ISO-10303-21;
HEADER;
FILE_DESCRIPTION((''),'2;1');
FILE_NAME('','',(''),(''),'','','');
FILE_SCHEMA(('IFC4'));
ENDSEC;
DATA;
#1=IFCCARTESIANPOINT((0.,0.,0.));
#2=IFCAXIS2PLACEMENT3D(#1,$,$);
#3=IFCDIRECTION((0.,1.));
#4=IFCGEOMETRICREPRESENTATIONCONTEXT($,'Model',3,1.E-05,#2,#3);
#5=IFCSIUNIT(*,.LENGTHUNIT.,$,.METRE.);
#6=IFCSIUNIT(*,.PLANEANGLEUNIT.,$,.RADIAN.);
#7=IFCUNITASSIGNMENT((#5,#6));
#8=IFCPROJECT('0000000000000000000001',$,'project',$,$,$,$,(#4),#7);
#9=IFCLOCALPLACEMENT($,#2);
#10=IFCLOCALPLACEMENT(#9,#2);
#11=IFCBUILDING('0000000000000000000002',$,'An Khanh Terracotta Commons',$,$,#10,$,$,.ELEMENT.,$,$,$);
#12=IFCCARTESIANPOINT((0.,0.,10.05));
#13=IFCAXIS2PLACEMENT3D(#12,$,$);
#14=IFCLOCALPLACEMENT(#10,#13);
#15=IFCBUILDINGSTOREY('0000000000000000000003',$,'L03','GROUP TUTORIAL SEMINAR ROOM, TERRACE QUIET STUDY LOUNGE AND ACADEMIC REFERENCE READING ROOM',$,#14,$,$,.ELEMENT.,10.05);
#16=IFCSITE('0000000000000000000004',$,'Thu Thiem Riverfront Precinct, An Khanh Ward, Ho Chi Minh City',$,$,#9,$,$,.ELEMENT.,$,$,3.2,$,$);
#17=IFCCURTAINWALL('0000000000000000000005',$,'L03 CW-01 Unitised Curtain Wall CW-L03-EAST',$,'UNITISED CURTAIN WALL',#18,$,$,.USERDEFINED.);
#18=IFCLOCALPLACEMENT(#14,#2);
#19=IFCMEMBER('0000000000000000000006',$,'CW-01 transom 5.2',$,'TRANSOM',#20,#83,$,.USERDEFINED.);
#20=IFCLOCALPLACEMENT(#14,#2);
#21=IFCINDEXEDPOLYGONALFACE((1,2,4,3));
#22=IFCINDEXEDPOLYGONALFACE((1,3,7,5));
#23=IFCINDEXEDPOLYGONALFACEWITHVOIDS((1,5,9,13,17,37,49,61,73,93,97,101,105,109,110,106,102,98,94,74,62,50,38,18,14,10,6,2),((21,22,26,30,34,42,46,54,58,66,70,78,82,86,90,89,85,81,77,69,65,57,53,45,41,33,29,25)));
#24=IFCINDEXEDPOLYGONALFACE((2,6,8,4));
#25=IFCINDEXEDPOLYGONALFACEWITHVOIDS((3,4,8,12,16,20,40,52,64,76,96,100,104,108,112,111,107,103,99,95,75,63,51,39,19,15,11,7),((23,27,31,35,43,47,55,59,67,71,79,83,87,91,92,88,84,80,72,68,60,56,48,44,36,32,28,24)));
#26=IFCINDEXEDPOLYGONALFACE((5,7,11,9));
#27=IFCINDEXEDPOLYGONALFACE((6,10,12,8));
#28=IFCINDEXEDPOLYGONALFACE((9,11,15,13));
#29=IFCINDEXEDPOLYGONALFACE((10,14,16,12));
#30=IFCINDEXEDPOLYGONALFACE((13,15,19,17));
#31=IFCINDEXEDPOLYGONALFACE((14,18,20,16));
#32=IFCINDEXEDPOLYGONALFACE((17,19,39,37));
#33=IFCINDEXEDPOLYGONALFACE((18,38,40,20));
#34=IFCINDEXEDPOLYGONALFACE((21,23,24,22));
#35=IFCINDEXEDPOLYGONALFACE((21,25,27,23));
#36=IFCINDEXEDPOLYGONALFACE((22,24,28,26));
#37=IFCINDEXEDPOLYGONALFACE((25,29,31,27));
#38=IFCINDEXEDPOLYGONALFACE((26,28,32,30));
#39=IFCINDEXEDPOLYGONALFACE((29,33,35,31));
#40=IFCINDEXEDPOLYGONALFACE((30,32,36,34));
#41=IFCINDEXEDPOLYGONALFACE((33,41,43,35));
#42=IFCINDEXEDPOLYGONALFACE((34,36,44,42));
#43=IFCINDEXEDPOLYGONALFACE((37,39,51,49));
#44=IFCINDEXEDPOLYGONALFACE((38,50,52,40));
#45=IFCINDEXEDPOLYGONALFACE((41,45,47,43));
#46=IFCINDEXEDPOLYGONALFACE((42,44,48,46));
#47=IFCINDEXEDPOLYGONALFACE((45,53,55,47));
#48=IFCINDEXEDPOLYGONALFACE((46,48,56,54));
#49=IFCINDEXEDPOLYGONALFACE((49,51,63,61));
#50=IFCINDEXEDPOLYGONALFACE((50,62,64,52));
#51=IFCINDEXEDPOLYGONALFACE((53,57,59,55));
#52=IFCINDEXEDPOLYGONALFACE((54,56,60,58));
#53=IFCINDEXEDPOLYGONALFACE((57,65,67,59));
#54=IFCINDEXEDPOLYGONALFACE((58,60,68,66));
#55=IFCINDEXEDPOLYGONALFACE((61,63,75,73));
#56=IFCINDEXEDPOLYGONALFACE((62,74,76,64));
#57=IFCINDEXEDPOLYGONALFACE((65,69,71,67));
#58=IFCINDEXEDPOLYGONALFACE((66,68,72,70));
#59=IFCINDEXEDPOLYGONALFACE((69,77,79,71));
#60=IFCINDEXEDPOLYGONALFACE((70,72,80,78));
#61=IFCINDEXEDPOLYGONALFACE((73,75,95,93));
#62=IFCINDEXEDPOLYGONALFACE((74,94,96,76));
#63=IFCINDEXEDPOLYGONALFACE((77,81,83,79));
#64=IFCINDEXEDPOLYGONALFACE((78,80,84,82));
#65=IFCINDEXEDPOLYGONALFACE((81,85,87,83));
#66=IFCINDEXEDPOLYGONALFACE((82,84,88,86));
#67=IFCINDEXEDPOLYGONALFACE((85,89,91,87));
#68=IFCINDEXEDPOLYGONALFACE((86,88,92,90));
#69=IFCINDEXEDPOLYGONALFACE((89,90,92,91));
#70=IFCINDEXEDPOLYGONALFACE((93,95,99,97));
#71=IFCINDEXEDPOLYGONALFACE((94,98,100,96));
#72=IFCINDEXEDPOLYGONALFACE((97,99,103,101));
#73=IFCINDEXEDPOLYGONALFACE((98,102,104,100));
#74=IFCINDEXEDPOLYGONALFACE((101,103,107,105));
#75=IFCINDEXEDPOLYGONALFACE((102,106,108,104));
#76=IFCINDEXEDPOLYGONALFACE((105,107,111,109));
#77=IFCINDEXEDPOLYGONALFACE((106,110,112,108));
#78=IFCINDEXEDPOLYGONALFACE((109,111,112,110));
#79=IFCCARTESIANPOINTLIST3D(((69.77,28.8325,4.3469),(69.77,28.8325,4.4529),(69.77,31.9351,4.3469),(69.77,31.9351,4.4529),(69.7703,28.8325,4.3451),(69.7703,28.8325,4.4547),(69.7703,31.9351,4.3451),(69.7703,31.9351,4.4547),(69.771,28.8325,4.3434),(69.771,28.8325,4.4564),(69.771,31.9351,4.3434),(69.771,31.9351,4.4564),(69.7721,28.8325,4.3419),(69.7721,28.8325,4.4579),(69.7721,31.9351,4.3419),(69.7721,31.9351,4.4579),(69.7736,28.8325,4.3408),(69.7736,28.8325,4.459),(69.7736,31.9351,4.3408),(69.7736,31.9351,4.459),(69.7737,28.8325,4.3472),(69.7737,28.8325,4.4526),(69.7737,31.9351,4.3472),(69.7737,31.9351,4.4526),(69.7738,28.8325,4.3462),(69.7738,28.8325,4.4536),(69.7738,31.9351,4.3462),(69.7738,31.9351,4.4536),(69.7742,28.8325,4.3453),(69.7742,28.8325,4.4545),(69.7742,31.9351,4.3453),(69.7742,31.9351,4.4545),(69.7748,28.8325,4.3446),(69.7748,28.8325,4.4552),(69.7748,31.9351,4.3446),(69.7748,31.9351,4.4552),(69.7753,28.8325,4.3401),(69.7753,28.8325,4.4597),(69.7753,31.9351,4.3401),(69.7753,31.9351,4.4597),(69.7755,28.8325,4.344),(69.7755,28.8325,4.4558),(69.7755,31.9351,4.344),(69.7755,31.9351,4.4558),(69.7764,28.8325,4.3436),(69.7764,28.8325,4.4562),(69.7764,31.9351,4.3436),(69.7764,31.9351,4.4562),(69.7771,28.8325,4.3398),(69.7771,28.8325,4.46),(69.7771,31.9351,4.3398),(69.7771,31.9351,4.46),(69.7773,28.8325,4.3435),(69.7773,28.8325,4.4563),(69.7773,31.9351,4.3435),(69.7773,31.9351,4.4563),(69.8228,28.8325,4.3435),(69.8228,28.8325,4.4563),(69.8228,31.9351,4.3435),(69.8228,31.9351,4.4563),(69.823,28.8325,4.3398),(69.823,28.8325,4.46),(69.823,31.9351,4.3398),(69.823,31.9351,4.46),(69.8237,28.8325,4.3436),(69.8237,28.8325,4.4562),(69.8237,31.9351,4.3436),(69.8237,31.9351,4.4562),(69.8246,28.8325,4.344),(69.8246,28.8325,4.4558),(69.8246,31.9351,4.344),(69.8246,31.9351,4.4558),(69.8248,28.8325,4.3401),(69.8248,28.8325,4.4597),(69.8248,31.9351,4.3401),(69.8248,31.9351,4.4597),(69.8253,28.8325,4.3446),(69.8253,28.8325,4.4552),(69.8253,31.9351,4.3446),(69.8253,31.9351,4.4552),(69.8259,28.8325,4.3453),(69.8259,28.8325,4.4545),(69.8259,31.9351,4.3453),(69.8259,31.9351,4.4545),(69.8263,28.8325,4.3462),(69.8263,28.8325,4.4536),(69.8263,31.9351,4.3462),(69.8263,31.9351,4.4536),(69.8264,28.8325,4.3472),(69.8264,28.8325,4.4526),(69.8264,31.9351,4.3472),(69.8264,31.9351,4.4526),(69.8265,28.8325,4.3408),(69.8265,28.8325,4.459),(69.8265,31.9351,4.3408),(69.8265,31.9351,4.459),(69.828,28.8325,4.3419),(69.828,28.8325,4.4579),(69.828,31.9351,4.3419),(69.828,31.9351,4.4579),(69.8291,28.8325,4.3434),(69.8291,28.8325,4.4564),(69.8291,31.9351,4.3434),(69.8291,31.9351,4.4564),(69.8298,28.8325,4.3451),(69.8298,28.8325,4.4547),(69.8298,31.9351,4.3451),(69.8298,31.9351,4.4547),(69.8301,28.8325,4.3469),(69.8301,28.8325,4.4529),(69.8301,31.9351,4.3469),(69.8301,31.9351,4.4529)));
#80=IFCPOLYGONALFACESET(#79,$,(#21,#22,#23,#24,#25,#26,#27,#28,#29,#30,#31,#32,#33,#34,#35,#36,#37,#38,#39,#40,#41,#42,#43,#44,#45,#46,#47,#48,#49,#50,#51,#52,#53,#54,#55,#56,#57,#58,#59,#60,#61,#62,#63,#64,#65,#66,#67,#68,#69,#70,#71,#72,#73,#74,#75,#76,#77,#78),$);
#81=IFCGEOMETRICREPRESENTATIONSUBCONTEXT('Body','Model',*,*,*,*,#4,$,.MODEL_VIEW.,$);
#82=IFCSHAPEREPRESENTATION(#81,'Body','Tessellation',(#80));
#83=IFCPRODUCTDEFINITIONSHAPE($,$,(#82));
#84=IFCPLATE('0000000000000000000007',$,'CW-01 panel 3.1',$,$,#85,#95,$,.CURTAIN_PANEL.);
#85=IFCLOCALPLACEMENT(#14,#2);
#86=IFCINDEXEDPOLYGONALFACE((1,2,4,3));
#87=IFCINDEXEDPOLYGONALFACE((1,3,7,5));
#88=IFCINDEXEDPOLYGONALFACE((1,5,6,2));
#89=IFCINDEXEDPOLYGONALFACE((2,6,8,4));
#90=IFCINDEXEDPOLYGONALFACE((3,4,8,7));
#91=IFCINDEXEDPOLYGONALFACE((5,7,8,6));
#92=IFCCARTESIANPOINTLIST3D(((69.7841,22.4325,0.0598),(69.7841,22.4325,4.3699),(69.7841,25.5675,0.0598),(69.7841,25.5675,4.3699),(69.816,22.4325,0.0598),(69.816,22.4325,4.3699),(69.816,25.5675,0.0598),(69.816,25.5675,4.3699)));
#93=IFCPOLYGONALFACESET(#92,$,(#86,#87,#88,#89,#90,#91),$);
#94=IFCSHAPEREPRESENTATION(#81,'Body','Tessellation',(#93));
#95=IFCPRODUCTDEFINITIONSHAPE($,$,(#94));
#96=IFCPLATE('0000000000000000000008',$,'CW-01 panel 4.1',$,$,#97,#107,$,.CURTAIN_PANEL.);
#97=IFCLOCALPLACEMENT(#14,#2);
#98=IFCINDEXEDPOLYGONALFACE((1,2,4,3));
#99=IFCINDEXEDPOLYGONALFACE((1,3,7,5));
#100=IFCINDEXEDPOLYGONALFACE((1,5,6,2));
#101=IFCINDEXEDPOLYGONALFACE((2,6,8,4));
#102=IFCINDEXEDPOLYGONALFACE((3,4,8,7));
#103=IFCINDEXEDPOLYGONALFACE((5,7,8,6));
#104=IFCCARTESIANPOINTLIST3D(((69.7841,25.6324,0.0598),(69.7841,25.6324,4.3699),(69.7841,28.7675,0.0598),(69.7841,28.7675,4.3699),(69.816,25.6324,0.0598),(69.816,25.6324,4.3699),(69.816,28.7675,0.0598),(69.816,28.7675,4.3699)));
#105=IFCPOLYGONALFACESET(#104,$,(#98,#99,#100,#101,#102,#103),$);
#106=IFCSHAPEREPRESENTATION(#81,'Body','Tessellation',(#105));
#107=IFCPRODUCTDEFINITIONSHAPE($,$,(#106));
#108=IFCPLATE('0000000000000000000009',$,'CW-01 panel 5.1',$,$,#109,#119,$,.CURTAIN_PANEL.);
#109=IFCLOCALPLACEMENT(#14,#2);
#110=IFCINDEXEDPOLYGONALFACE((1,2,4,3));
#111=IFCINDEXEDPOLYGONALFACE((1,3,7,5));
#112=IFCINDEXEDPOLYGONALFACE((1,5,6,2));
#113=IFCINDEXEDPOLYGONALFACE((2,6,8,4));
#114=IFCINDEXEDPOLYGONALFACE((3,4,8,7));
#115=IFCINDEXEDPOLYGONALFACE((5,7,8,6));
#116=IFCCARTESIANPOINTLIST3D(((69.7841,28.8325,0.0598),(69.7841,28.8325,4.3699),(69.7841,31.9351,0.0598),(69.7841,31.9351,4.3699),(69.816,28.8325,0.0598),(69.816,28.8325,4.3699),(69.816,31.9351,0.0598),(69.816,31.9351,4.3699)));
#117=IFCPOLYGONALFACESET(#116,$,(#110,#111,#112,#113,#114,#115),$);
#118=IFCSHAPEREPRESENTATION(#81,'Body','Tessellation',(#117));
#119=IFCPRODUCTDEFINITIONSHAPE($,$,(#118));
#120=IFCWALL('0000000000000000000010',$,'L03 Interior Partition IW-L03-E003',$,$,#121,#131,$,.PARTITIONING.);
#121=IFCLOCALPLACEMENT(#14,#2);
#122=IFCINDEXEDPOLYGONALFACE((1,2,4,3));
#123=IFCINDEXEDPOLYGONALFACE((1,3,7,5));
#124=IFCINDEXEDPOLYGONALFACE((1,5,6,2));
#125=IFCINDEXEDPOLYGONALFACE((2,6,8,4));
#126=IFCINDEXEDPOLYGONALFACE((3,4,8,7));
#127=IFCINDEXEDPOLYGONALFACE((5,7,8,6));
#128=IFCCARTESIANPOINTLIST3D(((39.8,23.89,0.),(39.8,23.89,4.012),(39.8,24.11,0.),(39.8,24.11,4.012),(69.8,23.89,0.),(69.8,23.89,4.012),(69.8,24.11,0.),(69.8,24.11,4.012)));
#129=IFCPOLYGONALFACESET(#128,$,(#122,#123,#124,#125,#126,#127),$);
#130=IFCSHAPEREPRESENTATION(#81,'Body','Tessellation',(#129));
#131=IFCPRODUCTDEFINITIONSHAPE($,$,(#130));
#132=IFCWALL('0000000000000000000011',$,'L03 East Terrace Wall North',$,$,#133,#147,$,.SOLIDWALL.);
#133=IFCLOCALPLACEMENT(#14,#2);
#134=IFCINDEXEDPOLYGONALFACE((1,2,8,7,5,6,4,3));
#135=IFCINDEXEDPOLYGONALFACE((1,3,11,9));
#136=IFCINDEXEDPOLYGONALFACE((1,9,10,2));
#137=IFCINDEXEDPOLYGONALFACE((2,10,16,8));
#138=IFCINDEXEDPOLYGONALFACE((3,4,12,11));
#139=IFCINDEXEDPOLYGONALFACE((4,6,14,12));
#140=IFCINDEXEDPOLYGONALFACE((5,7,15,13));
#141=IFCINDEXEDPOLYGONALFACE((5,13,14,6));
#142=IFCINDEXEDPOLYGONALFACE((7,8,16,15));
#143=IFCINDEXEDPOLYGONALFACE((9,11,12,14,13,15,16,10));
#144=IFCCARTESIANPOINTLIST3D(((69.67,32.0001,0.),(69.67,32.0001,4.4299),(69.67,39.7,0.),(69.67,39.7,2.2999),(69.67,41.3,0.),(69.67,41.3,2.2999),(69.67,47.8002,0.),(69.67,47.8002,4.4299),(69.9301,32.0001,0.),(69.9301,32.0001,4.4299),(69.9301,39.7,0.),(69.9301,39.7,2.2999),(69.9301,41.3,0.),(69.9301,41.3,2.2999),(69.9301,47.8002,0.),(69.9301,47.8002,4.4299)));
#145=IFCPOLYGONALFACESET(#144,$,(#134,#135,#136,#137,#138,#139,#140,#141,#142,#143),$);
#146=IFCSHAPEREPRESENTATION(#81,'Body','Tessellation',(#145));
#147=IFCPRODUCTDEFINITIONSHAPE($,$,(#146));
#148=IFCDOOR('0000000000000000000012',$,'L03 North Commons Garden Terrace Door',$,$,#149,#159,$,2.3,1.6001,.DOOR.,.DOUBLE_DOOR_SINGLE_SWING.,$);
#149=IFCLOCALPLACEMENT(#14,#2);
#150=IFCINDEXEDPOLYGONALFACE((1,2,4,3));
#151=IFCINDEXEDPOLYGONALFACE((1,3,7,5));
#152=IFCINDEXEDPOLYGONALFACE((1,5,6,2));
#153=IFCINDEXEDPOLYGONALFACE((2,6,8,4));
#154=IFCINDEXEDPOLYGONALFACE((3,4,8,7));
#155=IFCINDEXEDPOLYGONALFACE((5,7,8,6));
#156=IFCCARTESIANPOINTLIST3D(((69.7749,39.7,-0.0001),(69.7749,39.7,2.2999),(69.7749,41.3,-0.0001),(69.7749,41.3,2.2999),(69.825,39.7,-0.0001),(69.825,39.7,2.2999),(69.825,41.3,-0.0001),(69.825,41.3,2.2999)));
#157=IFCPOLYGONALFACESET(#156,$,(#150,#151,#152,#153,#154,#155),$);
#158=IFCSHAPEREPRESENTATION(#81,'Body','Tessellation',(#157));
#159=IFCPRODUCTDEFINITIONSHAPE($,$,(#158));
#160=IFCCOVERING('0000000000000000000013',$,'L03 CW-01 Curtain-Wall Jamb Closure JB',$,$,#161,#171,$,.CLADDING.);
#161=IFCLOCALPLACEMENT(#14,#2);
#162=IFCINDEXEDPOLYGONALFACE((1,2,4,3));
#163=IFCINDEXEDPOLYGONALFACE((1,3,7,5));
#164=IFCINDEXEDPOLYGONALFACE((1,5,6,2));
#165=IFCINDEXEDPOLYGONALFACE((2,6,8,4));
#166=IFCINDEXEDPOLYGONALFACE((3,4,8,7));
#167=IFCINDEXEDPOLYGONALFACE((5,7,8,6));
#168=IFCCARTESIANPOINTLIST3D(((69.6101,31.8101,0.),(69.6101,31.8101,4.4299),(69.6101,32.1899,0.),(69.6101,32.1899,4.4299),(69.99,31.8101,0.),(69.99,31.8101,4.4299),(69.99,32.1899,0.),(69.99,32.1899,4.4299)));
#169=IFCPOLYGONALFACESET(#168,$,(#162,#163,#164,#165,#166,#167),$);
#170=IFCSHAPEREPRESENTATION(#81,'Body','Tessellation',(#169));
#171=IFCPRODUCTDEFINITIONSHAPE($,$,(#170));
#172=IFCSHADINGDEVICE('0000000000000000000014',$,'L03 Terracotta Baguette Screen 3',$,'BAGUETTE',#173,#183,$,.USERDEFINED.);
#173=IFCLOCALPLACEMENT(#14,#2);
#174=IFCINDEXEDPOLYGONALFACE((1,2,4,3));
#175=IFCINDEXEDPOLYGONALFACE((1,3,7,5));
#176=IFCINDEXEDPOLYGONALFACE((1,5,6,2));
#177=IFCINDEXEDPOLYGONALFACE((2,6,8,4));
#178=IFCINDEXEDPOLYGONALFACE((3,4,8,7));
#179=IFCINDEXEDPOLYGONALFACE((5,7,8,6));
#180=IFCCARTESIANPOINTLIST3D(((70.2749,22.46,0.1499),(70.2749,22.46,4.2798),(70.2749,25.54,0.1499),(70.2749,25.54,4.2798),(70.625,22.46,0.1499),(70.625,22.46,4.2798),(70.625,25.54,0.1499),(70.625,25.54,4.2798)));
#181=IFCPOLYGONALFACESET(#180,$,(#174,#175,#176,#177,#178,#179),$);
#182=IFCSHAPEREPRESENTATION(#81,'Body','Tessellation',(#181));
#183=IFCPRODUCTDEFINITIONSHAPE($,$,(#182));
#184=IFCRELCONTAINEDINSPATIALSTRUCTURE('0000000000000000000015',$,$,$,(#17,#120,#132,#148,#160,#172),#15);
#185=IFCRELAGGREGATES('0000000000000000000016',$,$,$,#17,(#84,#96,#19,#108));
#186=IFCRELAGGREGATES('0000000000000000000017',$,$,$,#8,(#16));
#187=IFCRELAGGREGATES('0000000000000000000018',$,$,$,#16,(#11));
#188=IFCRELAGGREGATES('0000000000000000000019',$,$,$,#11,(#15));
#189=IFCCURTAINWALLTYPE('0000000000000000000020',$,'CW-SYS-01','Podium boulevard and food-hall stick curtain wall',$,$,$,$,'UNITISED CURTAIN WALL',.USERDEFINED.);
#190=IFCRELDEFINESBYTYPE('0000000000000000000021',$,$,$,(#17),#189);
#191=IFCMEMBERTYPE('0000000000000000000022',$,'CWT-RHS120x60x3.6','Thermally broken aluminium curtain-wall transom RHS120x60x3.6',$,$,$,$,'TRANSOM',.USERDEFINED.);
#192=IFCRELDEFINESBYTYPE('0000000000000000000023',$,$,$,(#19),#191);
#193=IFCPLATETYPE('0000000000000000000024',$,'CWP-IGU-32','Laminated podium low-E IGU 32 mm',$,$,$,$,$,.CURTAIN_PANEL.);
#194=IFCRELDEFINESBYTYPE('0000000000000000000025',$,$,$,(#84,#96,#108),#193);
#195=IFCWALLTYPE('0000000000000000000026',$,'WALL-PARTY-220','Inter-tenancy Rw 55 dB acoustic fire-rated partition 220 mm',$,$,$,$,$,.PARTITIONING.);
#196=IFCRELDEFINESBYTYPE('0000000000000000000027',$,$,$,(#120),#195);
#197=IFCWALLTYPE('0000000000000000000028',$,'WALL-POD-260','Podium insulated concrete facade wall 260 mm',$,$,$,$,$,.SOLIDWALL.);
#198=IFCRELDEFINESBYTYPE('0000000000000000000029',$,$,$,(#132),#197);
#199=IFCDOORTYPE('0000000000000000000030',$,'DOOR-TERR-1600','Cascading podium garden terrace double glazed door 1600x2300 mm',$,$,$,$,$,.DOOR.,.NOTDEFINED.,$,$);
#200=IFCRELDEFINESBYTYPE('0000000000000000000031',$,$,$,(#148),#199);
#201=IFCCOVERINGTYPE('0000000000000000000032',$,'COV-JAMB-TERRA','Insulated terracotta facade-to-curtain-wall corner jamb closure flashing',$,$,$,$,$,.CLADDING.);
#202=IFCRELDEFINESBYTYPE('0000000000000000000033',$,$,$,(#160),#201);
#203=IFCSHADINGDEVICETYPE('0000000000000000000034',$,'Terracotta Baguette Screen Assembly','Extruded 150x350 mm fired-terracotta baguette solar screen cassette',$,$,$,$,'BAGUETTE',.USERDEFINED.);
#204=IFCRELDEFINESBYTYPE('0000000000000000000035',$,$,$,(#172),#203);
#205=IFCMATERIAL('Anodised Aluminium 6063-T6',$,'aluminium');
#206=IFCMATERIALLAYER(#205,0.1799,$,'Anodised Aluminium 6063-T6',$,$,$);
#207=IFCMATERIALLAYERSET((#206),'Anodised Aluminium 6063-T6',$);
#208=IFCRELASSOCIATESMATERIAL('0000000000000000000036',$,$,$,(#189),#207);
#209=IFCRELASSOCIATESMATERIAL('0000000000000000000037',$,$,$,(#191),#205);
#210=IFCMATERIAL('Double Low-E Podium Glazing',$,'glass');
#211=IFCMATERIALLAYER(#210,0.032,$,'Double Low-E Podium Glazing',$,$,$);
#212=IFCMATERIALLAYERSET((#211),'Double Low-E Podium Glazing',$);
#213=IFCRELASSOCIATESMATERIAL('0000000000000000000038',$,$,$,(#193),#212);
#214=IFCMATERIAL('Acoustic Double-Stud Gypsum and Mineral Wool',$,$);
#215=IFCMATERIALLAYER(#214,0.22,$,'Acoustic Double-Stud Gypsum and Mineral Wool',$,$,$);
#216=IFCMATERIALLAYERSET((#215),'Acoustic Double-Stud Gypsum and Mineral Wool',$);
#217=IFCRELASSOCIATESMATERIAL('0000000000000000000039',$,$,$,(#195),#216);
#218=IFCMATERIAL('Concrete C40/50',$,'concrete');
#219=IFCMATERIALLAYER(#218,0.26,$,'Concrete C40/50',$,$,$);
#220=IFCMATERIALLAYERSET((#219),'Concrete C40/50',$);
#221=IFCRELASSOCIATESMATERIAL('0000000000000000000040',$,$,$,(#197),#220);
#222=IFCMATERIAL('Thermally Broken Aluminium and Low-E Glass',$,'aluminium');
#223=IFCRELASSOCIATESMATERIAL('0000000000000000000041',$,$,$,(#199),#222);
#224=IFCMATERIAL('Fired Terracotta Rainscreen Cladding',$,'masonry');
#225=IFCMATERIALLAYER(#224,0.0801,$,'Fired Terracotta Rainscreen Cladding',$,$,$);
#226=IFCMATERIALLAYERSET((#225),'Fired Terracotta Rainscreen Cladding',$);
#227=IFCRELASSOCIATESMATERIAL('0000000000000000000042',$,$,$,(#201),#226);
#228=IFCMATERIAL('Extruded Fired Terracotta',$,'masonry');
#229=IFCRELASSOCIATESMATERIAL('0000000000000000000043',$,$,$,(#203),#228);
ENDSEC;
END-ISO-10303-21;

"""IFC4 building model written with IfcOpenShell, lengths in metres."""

from ifc_helpers import new_model, si_unit, direction, frame, frame_2d, origin, origin_2d, place, context, subcontext, project, spatial, rectangle, hollow_rectangle, extrude, material, layer, layer_set, material_profile, profile_set, type_object, element, fill, aggregate, save


model = new_model("IFC4")

# Units and contexts
model_context = context("Model", 3, precision=1e-05, world=origin(), true_north=direction((0.0, 1.0)))
body_context = subcontext(model_context, "Body", "Model", "MODEL_VIEW")
ifc_project = project(units=[si_unit("LENGTHUNIT", "METRE"), si_unit("PLANEANGLEUNIT", "RADIAN")], contexts=[model_context])

# Site, building, storey
site_placement = place(None, origin())
site = spatial("IfcSite", under=ifc_project, at=site_placement, Name="Thu Thiem Riverfront Precinct, An Khanh Ward, Ho Chi Minh City", CompositionType="ELEMENT", RefElevation=3.2)
building_placement = place(site_placement, origin())
building = spatial("IfcBuilding", under=site, at=building_placement, Name="An Khanh Terracotta Commons", CompositionType="ELEMENT")
storey_placement = place(building_placement, frame((0.0, 0.0, 10.05)))
storey = spatial("IfcBuildingStorey", under=building, at=storey_placement, Name="L03", Description="GROUP TUTORIAL SEMINAR ROOM, TERRACE QUIET STUDY LOUNGE AND ACADEMIC REFERENCE READING ROOM", CompositionType="ELEMENT", Elevation=10.05)

# Curtain wall, member, plates
ifc_material_1 = material(Name="Anodised Aluminium 6063-T6", Category="aluminium")
ifc_layer_1 = layer(ifc_material_1, 0.1799, Name="Anodised Aluminium 6063-T6")
ifc_layer_set_1 = layer_set([ifc_layer_1], Name="Anodised Aluminium 6063-T6")
curtain_wall_type = type_object("IfcCurtainWallType", Name="CW-SYS-01", Description="Podium boulevard and food-hall stick curtain wall", ElementType="UNITISED CURTAIN WALL", PredefinedType="USERDEFINED", material=ifc_layer_set_1)
curtain_wall_placement = place(storey_placement, origin())
curtain_wall = element("IfcCurtainWall", 1, at=curtain_wall_placement, inside=storey, type_object=curtain_wall_type, Name="L03 CW-01 Unitised Curtain Wall CW-L03-EAST", ObjectType="UNITISED CURTAIN WALL", PredefinedType="USERDEFINED")
ifc_material_profile_1 = material_profile(ifc_material_1, hollow_rectangle(XDim=0.0601, YDim=0.1201, WallThickness=0.0037, InnerFilletRadius=0.0037, OuterFilletRadius=0.0071, at=origin_2d()), Name="RHS120x60x3.6")
ifc_profile_set_1 = profile_set([ifc_material_profile_1], Name="Anodised Aluminium 6063-T6")
member_type_1 = type_object("IfcMemberType", Name="CWT-RHS120x60x3.6", Description="Thermally broken aluminium curtain-wall transom RHS120x60x3.6", ElementType="TRANSOM", PredefinedType="USERDEFINED", material=ifc_profile_set_1)
member_1_placement = place(storey_placement, frame((69.8, 28.8325, 4.3999), z_axis=(0.0, 1.0, 0.0), x_axis=(-1.0, 0.0, 0.0)))
member_1 = element("IfcMember", 2, at=member_1_placement, type_object=member_type_1, Name="CW-01 transom 5.2", ObjectType="TRANSOM", PredefinedType="USERDEFINED", context=body_context, shape_type="SweptSolid", body=[
    extrude(hollow_rectangle(XDim=0.0601, YDim=0.1201, WallThickness=0.0037, InnerFilletRadius=0.0037, OuterFilletRadius=0.0071, at=origin_2d()), origin(), (0.0, 0.0, 1.0), 3.1025),
])
ifc_material_2 = material(Name="Double Low-E Podium Glazing", Category="glass")
ifc_layer_2 = layer(ifc_material_2, 0.032, Name="Double Low-E Podium Glazing")
ifc_layer_set_2 = layer_set([ifc_layer_2], Name="Double Low-E Podium Glazing")
plate_type = type_object("IfcPlateType", Name="CWP-IGU-32", Description="Laminated podium low-E IGU 32 mm", PredefinedType="CURTAIN_PANEL", material=ifc_layer_set_2)
plate_1_placement = place(storey_placement, frame((69.8, 24.0, 0.0598), z_axis=(0.0, 0.0, 1.0), x_axis=(0.0, 1.0, 0.0)))
plate_1 = element("IfcPlate", 3, at=plate_1_placement, type_object=plate_type, Name="CW-01 panel 3.1", PredefinedType="CURTAIN_PANEL", context=body_context, shape_type="SweptSolid", body=[
    extrude(rectangle(XDim=3.135, YDim=0.032, at=origin_2d()), origin(), (0.0, 0.0, 1.0), 4.3101),
])
plate_2_placement = place(storey_placement, frame((69.8, 27.2, 0.0598), z_axis=(0.0, 0.0, 1.0), x_axis=(0.0, 1.0, 0.0)))
plate_2 = element("IfcPlate", 4, at=plate_2_placement, type_object=plate_type, Name="CW-01 panel 4.1", PredefinedType="CURTAIN_PANEL", context=body_context, shape_type="SweptSolid", body=[
    extrude(rectangle(XDim=3.135, YDim=0.032, at=origin_2d()), origin(), (0.0, 0.0, 1.0), 4.3101),
])
plate_3_placement = place(storey_placement, frame((69.8, 30.3838, 0.0598), z_axis=(0.0, 0.0, 1.0), x_axis=(0.0, 1.0, 0.0)))
plate_3 = element("IfcPlate", 5, at=plate_3_placement, type_object=plate_type, Name="CW-01 panel 5.1", PredefinedType="CURTAIN_PANEL", context=body_context, shape_type="SweptSolid", body=[
    extrude(rectangle(XDim=3.1025, YDim=0.032, at=origin_2d()), origin(), (0.0, 0.0, 1.0), 4.3101),
])
aggregate(curtain_wall, [plate_1, plate_2, member_1, plate_3])

# Wall
ifc_material_3 = material(Name="Acoustic Double-Stud Gypsum and Mineral Wool")
ifc_layer_3 = layer(ifc_material_3, 0.22, Name="Acoustic Double-Stud Gypsum and Mineral Wool")
ifc_layer_set_3 = layer_set([ifc_layer_3], Name="Acoustic Double-Stud Gypsum and Mineral Wool")
wall_type_1 = type_object("IfcWallType", Name="WALL-PARTY-220", Description="Inter-tenancy Rw 55 dB acoustic fire-rated partition 220 mm", PredefinedType="PARTITIONING", material=ifc_layer_set_3)
wall_1_placement = place(storey_placement, frame((39.8, 24.0, 0.0), z_axis=(0.0, 0.0, 1.0), x_axis=(1.0, 0.0, 0.0)))
element("IfcWall", 6, at=wall_1_placement, inside=storey, type_object=wall_type_1, Name="L03 Interior Partition IW-L03-E003", PredefinedType="PARTITIONING", context=body_context, shape_type="SweptSolid", body=[
    extrude(rectangle(XDim=30.0, YDim=0.22, at=frame_2d((15.0, 0.0))), origin(), (0.0, 0.0, 1.0), 4.012),
])

# Wall, opening, door
ifc_material_4 = material(Name="Concrete C40/50", Category="concrete")
ifc_layer_4 = layer(ifc_material_4, 0.26, Name="Concrete C40/50")
ifc_layer_set_4 = layer_set([ifc_layer_4], Name="Concrete C40/50")
wall_type_2 = type_object("IfcWallType", Name="WALL-POD-260", Description="Podium insulated concrete facade wall 260 mm", PredefinedType="SOLIDWALL", material=ifc_layer_set_4)
wall_2_placement = place(storey_placement, frame((69.8, 47.8, 0.0), z_axis=(0.0, 0.0, 1.0), x_axis=(0.0, -1.0, 0.0)))
wall_2 = element("IfcWall", 7, at=wall_2_placement, inside=storey, type_object=wall_type_2, Name="L03 East Terrace Wall North", PredefinedType="SOLIDWALL", context=body_context, shape_type="SweptSolid", body=[
    extrude(rectangle(XDim=15.8, YDim=0.26, at=frame_2d((7.8999, 0.0))), origin(), (0.0, 0.0, 1.0), 4.4299),
])
opening_placement = place(wall_2_placement, frame((6.5, 0.0, 0.0)))
opening = element("IfcOpeningElement", 8, at=opening_placement, cuts=wall_2, PredefinedType="OPENING", context=body_context, shape_type="SweptSolid", body=[
    extrude(rectangle(XDim=1.6001, YDim=2.3, at=frame_2d((0.8, 1.1499))), frame((0.0, 0.1399, 0.0), z_axis=(0.0, -1.0, 0.0), x_axis=(1.0, 0.0, 0.0)), (0.0, 0.0, 1.0), 0.28),
])
ifc_material_5 = material(Name="Thermally Broken Aluminium and Low-E Glass", Category="aluminium")
door_type = type_object("IfcDoorType", Name="DOOR-TERR-1600", Description="Cascading podium garden terrace double glazed door 1600x2300 mm", OperationType="NOTDEFINED", PredefinedType="DOOR", material=ifc_material_5)
door_placement = place(opening_placement, origin())
door = element("IfcDoor", 9, at=door_placement, inside=storey, type_object=door_type, Name="L03 North Commons Garden Terrace Door", OperationType="DOUBLE_DOOR_SINGLE_SWING", OverallHeight=2.3, OverallWidth=1.6001, PredefinedType="DOOR", context=body_context, shape_type="SweptSolid", body=[
    extrude(rectangle(XDim=1.6001, YDim=2.3, at=frame_2d((0.8, 1.1499))), frame((0.0, 0.0249, 0.0), z_axis=(0.0, -1.0, 0.0), x_axis=(1.0, 0.0, 0.0)), (0.0, 0.0, 1.0), 0.05),
])
fill(opening, door)

# Covering
ifc_material_6 = material(Name="Fired Terracotta Rainscreen Cladding", Category="masonry")
ifc_layer_5 = layer(ifc_material_6, 0.0801, Name="Fired Terracotta Rainscreen Cladding")
ifc_layer_set_5 = layer_set([ifc_layer_5], Name="Fired Terracotta Rainscreen Cladding")
covering_type = type_object("IfcCoveringType", Name="COV-JAMB-TERRA", Description="Insulated terracotta facade-to-curtain-wall corner jamb closure flashing", PredefinedType="CLADDING", material=ifc_layer_set_5)
covering_placement = place(storey_placement, frame((69.8, 32.0, 0.0), z_axis=(0.0, 0.0, 1.0), x_axis=(1.0, 0.0, 0.0)))
element("IfcCovering", 10, at=covering_placement, inside=storey, type_object=covering_type, Name="L03 CW-01 Curtain-Wall Jamb Closure JB", PredefinedType="CLADDING", context=body_context, shape_type="SweptSolid", body=[
    extrude(rectangle(XDim=0.3799, YDim=0.3799, at=origin_2d()), origin(), (0.0, 0.0, 1.0), 4.4299),
])

# Shading device
ifc_material_7 = material(Name="Extruded Fired Terracotta", Category="masonry")
shading_device_type = type_object("IfcShadingDeviceType", Name="Terracotta Baguette Screen Assembly", Description="Extruded 150x350 mm fired-terracotta baguette solar screen cassette", ElementType="BAGUETTE", PredefinedType="USERDEFINED", material=ifc_material_7)
for number, where, z_axis, x_axis, name in (
    (11, (70.45, 24.0, 0.1499), (0.0, 0.0, 1.0), (0.0, 1.0, 0.0), "L03 Terracotta Baguette Screen 3"),
):
    element("IfcShadingDevice", number, at=place(storey_placement, frame(where, z_axis=z_axis, x_axis=x_axis)), inside=storey, type_object=shading_device_type, Name=name, ObjectType="BAGUETTE", PredefinedType="USERDEFINED", context=body_context, shape_type="SweptSolid", body=[
        extrude(rectangle(XDim=3.0801, YDim=0.3501, at=origin_2d()), origin(), (0.0, 0.0, 1.0), 4.1299),
    ])

save(model, "model.ifc")
